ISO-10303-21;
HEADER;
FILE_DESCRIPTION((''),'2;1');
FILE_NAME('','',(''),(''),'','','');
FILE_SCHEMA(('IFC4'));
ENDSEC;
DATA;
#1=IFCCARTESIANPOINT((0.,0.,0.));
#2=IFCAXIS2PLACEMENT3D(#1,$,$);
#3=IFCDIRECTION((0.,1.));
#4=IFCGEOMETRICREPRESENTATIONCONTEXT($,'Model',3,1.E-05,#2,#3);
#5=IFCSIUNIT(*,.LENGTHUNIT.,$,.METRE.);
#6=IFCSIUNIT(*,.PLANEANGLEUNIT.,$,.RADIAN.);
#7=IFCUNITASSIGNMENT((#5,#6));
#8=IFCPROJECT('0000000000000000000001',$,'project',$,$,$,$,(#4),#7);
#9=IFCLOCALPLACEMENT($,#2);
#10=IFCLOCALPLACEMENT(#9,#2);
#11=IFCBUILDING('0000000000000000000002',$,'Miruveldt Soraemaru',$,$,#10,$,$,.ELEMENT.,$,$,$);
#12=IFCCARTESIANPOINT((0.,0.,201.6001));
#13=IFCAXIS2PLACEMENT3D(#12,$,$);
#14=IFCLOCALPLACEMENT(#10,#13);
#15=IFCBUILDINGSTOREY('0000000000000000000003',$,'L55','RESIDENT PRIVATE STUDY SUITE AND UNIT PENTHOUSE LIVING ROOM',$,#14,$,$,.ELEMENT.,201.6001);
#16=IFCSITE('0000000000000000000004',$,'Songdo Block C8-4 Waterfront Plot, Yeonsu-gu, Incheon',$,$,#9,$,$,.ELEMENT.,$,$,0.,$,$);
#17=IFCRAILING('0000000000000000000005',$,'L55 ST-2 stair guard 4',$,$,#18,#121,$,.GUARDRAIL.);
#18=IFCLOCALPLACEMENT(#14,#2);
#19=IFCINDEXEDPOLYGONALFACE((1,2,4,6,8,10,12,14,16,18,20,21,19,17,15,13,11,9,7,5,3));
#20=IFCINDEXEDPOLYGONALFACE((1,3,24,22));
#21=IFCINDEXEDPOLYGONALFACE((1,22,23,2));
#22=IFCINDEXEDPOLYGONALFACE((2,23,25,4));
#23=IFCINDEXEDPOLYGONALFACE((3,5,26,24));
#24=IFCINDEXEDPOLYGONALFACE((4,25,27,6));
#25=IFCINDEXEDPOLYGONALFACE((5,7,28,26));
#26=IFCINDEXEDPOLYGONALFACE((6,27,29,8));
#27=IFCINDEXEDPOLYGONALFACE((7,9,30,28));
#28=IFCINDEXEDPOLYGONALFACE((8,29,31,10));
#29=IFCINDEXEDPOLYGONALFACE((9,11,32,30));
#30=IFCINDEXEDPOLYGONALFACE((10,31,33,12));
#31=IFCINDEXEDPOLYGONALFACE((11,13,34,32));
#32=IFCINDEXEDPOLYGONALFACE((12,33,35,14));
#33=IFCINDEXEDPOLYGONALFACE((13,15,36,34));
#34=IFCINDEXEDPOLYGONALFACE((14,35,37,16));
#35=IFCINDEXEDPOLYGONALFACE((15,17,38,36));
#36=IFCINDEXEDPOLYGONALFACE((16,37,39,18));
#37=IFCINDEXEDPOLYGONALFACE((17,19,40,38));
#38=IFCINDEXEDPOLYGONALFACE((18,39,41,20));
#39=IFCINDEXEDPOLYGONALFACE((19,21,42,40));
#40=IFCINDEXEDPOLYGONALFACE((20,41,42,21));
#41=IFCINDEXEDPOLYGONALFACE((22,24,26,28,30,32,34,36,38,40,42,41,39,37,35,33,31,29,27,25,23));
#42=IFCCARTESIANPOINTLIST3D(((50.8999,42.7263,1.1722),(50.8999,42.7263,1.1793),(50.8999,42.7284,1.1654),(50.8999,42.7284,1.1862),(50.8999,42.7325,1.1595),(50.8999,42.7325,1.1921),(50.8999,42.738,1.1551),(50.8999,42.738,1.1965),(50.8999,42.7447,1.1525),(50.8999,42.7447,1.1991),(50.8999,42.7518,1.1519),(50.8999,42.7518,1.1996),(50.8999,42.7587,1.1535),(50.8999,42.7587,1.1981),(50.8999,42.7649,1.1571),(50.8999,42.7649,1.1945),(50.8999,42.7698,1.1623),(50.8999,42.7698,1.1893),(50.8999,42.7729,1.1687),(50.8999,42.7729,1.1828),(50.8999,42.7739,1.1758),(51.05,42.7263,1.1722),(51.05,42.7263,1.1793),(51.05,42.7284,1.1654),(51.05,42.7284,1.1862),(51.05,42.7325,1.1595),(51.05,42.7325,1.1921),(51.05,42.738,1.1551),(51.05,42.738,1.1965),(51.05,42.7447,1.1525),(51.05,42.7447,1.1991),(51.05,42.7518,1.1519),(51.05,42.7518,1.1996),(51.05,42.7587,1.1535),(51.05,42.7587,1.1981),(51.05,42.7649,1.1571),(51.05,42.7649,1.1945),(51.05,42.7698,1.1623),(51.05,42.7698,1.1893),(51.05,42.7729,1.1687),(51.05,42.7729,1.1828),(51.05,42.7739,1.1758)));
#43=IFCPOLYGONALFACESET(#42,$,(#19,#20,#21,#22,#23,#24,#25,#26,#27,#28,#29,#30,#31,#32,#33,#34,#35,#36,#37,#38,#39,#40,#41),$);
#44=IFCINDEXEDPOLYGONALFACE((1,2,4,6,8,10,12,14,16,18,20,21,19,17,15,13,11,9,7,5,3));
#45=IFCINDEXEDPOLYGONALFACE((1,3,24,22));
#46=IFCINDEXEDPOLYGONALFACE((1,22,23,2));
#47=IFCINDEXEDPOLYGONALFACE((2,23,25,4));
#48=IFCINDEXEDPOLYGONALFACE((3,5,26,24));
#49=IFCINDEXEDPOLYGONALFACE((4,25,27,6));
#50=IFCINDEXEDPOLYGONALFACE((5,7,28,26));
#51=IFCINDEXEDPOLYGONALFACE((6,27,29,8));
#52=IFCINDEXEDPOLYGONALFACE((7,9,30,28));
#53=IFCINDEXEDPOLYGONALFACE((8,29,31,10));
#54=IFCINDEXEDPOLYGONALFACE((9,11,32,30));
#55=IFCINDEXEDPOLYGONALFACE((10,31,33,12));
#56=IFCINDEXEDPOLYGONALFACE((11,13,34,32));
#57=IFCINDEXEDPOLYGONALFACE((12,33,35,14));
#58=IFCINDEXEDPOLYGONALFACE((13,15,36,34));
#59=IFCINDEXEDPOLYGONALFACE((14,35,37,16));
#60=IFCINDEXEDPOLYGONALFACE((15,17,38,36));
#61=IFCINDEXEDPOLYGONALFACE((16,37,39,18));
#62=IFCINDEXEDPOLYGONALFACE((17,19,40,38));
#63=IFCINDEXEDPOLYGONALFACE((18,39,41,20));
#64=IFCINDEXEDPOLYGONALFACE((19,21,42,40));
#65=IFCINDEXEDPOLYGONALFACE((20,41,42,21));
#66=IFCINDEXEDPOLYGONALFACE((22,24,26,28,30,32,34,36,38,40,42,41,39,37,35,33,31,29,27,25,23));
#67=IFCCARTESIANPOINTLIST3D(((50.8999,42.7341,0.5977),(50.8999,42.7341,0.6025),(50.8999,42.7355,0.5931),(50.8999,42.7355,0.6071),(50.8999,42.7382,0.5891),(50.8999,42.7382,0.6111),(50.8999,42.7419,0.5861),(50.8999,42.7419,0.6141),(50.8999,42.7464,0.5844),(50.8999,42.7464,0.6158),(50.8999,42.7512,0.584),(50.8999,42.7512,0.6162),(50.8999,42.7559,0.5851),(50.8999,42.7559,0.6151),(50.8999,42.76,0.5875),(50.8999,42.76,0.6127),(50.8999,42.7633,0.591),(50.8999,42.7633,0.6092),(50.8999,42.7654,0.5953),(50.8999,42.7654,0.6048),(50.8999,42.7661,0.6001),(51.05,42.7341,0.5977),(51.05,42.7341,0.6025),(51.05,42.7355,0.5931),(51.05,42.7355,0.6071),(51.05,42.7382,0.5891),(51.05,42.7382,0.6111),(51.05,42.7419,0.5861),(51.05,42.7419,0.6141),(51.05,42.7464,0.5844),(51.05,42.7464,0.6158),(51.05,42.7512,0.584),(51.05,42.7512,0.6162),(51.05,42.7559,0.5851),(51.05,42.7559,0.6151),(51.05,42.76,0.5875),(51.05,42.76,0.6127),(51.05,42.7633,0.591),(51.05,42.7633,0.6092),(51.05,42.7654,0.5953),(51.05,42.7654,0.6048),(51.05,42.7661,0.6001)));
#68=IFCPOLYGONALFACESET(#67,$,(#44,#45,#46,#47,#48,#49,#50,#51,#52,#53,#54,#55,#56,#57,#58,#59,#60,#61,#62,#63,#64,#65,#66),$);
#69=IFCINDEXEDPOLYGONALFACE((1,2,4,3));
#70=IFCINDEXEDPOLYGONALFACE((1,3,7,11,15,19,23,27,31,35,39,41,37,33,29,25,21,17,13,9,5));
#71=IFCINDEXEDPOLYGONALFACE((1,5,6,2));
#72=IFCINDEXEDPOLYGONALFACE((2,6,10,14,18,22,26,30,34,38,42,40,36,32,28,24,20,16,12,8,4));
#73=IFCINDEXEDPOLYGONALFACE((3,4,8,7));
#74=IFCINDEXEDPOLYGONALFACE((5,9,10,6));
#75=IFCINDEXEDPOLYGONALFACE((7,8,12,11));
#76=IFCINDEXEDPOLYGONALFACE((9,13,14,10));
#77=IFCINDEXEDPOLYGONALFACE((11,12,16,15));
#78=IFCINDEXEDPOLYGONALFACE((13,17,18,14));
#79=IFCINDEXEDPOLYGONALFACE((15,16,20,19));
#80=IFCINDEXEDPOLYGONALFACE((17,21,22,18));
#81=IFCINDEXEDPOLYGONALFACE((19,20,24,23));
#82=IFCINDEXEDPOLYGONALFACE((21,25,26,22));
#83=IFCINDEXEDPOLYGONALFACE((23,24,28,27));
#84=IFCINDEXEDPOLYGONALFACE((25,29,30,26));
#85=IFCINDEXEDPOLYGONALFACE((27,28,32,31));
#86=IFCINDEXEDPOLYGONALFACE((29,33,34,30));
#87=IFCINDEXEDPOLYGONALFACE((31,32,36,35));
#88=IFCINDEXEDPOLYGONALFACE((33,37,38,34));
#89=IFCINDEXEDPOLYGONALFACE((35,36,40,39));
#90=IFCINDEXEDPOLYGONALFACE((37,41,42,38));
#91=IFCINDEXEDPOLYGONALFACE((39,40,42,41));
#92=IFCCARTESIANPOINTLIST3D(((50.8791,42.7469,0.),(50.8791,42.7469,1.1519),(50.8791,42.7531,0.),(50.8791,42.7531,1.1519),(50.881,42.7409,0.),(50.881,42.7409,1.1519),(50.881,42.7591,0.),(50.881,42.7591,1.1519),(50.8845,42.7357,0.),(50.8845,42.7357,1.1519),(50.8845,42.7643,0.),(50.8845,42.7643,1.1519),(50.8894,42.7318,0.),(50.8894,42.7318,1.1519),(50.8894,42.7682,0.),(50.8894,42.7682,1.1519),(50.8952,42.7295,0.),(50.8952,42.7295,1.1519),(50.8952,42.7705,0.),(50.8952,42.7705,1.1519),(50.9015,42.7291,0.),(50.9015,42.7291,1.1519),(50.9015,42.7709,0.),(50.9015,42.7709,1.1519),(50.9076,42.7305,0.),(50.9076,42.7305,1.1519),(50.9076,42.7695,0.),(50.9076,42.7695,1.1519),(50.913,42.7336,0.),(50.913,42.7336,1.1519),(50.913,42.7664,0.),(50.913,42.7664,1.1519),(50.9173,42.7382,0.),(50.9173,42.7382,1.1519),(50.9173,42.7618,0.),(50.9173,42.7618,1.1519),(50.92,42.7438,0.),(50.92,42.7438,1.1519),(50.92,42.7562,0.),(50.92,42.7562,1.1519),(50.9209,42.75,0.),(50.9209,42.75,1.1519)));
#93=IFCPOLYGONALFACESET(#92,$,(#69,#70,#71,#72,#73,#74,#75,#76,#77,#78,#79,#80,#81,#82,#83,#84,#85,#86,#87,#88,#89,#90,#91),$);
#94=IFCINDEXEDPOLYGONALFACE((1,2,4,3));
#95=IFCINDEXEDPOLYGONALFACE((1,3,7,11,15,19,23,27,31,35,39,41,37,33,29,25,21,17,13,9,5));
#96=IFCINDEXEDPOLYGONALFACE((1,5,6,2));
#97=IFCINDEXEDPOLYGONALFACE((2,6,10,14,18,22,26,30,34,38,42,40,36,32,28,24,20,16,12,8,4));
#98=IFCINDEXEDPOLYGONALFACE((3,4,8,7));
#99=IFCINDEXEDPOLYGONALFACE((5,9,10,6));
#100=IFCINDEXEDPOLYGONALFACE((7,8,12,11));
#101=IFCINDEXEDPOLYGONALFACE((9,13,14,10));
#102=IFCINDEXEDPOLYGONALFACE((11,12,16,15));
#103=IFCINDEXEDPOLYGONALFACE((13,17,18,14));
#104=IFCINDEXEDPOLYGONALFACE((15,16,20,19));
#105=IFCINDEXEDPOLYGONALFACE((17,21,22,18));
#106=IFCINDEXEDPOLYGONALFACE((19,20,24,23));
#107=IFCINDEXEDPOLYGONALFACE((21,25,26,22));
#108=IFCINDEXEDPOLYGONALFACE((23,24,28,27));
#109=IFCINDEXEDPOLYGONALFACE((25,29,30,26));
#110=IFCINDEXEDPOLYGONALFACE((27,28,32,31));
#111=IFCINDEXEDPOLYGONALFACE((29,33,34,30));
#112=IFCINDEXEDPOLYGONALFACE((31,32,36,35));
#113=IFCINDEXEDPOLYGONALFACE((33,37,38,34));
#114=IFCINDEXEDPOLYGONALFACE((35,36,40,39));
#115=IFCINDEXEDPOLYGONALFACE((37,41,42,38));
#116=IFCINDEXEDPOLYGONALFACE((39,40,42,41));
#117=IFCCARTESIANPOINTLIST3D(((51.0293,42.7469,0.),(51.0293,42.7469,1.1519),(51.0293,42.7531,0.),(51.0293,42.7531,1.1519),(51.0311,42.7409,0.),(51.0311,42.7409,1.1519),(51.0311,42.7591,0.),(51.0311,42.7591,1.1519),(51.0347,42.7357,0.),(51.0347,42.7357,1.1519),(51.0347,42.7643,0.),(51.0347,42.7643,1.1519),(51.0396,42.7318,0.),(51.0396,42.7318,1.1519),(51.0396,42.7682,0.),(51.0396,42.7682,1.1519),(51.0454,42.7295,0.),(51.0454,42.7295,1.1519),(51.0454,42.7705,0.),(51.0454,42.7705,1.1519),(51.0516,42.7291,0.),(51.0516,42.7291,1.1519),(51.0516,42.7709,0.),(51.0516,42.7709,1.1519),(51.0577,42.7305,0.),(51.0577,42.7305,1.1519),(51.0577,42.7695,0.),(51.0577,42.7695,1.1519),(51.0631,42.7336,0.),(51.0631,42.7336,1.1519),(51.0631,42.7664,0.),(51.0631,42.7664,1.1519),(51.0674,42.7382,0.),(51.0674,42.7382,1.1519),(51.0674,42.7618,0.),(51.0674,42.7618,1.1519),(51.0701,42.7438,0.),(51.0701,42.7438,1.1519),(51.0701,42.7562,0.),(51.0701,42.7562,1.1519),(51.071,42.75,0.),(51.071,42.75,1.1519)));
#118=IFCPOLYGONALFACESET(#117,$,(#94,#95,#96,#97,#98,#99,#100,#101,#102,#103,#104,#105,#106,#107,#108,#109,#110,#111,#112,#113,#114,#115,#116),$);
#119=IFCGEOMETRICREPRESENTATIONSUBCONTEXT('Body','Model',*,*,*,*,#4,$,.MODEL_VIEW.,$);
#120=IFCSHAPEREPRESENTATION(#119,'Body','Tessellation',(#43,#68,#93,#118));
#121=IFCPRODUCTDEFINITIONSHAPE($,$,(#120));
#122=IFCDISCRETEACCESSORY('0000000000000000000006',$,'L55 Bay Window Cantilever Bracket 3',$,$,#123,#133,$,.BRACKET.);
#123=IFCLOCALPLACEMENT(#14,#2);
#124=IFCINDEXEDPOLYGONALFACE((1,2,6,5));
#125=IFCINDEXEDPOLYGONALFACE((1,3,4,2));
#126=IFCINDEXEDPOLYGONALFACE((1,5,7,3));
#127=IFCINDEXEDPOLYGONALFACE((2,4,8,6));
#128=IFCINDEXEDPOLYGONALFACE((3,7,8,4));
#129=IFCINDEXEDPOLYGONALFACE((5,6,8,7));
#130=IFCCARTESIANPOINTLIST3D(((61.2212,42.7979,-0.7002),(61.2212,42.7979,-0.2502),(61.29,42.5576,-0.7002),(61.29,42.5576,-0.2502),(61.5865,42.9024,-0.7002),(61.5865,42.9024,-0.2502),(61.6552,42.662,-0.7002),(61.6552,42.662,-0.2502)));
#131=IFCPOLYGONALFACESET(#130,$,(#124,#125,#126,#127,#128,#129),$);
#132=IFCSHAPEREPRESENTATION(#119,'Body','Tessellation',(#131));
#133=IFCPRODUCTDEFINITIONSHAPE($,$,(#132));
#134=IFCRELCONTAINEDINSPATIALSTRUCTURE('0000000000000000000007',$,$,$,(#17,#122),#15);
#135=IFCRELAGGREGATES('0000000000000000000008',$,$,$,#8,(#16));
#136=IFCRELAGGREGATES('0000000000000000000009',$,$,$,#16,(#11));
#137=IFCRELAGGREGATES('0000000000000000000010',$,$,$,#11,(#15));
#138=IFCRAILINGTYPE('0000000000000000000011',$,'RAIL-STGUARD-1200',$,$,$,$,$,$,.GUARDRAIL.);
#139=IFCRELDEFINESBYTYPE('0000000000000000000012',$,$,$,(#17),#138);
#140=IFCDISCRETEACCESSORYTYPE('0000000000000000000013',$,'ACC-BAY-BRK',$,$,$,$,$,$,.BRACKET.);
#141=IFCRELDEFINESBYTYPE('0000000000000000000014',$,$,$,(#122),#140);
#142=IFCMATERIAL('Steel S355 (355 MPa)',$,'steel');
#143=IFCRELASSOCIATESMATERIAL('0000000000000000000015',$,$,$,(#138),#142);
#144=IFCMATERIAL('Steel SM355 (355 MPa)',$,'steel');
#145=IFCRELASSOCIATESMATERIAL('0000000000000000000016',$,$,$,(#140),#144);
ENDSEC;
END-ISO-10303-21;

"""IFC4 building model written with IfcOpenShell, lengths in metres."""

from ifc_helpers import new_model, si_unit, direction, frame, origin, origin_2d, place, context, subcontext, project, spatial, rectangle, circle, extrude, material, type_object, element, save


model = new_model("IFC4")

# Units and contexts
model_context = context("Model", 3, precision=1e-05, world=origin(), true_north=direction((0.0, 1.0)))
body_context = subcontext(model_context, "Body", "Model", "MODEL_VIEW")
ifc_project = project(units=[si_unit("LENGTHUNIT", "METRE"), si_unit("PLANEANGLEUNIT", "RADIAN")], contexts=[model_context])

# Site, building, storey
site_placement = place(None, origin())
site = spatial("IfcSite", under=ifc_project, at=site_placement, Name="Songdo Block C8-4 Waterfront Plot, Yeonsu-gu, Incheon", CompositionType="ELEMENT", RefElevation=0.0)
building_placement = place(site_placement, origin())
building = spatial("IfcBuilding", under=site, at=building_placement, Name="Miruveldt Soraemaru", CompositionType="ELEMENT")
storey_placement = place(building_placement, frame((0.0, 0.0, 201.6001)))
storey = spatial("IfcBuildingStorey", under=building, at=storey_placement, Name="L55", Description="RESIDENT PRIVATE STUDY SUITE AND UNIT PENTHOUSE LIVING ROOM", CompositionType="ELEMENT", Elevation=201.6001)

# Railing
ifc_material_1 = material(Name="Steel S355 (355 MPa)", Category="steel")
railing_type_1 = type_object("IfcRailingType", Name="RAIL-STGUARD-1200", PredefinedType="GUARDRAIL", material=ifc_material_1)
railing_1_placement = place(storey_placement, frame((50.8999, 42.75, 0.0)))
element("IfcRailing", 1, at=railing_1_placement, inside=storey, type_object=railing_type_1, Name="L55 ST-2 stair guard 4", PredefinedType="GUARDRAIL", context=body_context, shape_type="SweptSolid", body=[
    extrude(circle(Radius=0.0239, at=origin_2d()), frame((0.0, 0.0, 1.1758), z_axis=(1.0, 0.0, 0.0), x_axis=(0.0, 1.0, 0.0)), (0.0, 0.0, 1.0), 0.1501),
    extrude(circle(Radius=0.0161, at=origin_2d()), frame((0.0, 0.0, 0.6001), z_axis=(1.0, 0.0, 0.0), x_axis=(0.0, 1.0, 0.0)), (0.0, 0.0, 1.0), 0.1501),
    extrude(circle(Radius=0.021, at=origin_2d()), origin(), (0.0, 0.0, 1.0), 1.1519),
    extrude(circle(Radius=0.021, at=origin_2d()), frame((0.1501, 0.0, 0.0)), (0.0, 0.0, 1.0), 1.1519),
])

# Discrete accessory
ifc_material_2 = material(Name="Steel SM355 (355 MPa)", Category="steel")
discrete_accessory_type = type_object("IfcDiscreteAccessoryType", Name="ACC-BAY-BRK", PredefinedType="BRACKET", material=ifc_material_2)
discrete_accessory_placement = place(storey_placement, frame((61.4382, 42.73, -0.7002), z_axis=(0.0, 0.0, 1.0), x_axis=(0.961449, 0.274983, 0.0)))
element("IfcDiscreteAccessory", 2, at=discrete_accessory_placement, inside=storey, type_object=discrete_accessory_type, Name="L55 Bay Window Cantilever Bracket 3", PredefinedType="BRACKET", context=body_context, shape_type="SweptSolid", body=[
    extrude(rectangle(XDim=0.3799, YDim=0.25, at=origin_2d()), origin(), (0.0, 0.0, 1.0), 0.45),
])

save(model, "model.ifc")
